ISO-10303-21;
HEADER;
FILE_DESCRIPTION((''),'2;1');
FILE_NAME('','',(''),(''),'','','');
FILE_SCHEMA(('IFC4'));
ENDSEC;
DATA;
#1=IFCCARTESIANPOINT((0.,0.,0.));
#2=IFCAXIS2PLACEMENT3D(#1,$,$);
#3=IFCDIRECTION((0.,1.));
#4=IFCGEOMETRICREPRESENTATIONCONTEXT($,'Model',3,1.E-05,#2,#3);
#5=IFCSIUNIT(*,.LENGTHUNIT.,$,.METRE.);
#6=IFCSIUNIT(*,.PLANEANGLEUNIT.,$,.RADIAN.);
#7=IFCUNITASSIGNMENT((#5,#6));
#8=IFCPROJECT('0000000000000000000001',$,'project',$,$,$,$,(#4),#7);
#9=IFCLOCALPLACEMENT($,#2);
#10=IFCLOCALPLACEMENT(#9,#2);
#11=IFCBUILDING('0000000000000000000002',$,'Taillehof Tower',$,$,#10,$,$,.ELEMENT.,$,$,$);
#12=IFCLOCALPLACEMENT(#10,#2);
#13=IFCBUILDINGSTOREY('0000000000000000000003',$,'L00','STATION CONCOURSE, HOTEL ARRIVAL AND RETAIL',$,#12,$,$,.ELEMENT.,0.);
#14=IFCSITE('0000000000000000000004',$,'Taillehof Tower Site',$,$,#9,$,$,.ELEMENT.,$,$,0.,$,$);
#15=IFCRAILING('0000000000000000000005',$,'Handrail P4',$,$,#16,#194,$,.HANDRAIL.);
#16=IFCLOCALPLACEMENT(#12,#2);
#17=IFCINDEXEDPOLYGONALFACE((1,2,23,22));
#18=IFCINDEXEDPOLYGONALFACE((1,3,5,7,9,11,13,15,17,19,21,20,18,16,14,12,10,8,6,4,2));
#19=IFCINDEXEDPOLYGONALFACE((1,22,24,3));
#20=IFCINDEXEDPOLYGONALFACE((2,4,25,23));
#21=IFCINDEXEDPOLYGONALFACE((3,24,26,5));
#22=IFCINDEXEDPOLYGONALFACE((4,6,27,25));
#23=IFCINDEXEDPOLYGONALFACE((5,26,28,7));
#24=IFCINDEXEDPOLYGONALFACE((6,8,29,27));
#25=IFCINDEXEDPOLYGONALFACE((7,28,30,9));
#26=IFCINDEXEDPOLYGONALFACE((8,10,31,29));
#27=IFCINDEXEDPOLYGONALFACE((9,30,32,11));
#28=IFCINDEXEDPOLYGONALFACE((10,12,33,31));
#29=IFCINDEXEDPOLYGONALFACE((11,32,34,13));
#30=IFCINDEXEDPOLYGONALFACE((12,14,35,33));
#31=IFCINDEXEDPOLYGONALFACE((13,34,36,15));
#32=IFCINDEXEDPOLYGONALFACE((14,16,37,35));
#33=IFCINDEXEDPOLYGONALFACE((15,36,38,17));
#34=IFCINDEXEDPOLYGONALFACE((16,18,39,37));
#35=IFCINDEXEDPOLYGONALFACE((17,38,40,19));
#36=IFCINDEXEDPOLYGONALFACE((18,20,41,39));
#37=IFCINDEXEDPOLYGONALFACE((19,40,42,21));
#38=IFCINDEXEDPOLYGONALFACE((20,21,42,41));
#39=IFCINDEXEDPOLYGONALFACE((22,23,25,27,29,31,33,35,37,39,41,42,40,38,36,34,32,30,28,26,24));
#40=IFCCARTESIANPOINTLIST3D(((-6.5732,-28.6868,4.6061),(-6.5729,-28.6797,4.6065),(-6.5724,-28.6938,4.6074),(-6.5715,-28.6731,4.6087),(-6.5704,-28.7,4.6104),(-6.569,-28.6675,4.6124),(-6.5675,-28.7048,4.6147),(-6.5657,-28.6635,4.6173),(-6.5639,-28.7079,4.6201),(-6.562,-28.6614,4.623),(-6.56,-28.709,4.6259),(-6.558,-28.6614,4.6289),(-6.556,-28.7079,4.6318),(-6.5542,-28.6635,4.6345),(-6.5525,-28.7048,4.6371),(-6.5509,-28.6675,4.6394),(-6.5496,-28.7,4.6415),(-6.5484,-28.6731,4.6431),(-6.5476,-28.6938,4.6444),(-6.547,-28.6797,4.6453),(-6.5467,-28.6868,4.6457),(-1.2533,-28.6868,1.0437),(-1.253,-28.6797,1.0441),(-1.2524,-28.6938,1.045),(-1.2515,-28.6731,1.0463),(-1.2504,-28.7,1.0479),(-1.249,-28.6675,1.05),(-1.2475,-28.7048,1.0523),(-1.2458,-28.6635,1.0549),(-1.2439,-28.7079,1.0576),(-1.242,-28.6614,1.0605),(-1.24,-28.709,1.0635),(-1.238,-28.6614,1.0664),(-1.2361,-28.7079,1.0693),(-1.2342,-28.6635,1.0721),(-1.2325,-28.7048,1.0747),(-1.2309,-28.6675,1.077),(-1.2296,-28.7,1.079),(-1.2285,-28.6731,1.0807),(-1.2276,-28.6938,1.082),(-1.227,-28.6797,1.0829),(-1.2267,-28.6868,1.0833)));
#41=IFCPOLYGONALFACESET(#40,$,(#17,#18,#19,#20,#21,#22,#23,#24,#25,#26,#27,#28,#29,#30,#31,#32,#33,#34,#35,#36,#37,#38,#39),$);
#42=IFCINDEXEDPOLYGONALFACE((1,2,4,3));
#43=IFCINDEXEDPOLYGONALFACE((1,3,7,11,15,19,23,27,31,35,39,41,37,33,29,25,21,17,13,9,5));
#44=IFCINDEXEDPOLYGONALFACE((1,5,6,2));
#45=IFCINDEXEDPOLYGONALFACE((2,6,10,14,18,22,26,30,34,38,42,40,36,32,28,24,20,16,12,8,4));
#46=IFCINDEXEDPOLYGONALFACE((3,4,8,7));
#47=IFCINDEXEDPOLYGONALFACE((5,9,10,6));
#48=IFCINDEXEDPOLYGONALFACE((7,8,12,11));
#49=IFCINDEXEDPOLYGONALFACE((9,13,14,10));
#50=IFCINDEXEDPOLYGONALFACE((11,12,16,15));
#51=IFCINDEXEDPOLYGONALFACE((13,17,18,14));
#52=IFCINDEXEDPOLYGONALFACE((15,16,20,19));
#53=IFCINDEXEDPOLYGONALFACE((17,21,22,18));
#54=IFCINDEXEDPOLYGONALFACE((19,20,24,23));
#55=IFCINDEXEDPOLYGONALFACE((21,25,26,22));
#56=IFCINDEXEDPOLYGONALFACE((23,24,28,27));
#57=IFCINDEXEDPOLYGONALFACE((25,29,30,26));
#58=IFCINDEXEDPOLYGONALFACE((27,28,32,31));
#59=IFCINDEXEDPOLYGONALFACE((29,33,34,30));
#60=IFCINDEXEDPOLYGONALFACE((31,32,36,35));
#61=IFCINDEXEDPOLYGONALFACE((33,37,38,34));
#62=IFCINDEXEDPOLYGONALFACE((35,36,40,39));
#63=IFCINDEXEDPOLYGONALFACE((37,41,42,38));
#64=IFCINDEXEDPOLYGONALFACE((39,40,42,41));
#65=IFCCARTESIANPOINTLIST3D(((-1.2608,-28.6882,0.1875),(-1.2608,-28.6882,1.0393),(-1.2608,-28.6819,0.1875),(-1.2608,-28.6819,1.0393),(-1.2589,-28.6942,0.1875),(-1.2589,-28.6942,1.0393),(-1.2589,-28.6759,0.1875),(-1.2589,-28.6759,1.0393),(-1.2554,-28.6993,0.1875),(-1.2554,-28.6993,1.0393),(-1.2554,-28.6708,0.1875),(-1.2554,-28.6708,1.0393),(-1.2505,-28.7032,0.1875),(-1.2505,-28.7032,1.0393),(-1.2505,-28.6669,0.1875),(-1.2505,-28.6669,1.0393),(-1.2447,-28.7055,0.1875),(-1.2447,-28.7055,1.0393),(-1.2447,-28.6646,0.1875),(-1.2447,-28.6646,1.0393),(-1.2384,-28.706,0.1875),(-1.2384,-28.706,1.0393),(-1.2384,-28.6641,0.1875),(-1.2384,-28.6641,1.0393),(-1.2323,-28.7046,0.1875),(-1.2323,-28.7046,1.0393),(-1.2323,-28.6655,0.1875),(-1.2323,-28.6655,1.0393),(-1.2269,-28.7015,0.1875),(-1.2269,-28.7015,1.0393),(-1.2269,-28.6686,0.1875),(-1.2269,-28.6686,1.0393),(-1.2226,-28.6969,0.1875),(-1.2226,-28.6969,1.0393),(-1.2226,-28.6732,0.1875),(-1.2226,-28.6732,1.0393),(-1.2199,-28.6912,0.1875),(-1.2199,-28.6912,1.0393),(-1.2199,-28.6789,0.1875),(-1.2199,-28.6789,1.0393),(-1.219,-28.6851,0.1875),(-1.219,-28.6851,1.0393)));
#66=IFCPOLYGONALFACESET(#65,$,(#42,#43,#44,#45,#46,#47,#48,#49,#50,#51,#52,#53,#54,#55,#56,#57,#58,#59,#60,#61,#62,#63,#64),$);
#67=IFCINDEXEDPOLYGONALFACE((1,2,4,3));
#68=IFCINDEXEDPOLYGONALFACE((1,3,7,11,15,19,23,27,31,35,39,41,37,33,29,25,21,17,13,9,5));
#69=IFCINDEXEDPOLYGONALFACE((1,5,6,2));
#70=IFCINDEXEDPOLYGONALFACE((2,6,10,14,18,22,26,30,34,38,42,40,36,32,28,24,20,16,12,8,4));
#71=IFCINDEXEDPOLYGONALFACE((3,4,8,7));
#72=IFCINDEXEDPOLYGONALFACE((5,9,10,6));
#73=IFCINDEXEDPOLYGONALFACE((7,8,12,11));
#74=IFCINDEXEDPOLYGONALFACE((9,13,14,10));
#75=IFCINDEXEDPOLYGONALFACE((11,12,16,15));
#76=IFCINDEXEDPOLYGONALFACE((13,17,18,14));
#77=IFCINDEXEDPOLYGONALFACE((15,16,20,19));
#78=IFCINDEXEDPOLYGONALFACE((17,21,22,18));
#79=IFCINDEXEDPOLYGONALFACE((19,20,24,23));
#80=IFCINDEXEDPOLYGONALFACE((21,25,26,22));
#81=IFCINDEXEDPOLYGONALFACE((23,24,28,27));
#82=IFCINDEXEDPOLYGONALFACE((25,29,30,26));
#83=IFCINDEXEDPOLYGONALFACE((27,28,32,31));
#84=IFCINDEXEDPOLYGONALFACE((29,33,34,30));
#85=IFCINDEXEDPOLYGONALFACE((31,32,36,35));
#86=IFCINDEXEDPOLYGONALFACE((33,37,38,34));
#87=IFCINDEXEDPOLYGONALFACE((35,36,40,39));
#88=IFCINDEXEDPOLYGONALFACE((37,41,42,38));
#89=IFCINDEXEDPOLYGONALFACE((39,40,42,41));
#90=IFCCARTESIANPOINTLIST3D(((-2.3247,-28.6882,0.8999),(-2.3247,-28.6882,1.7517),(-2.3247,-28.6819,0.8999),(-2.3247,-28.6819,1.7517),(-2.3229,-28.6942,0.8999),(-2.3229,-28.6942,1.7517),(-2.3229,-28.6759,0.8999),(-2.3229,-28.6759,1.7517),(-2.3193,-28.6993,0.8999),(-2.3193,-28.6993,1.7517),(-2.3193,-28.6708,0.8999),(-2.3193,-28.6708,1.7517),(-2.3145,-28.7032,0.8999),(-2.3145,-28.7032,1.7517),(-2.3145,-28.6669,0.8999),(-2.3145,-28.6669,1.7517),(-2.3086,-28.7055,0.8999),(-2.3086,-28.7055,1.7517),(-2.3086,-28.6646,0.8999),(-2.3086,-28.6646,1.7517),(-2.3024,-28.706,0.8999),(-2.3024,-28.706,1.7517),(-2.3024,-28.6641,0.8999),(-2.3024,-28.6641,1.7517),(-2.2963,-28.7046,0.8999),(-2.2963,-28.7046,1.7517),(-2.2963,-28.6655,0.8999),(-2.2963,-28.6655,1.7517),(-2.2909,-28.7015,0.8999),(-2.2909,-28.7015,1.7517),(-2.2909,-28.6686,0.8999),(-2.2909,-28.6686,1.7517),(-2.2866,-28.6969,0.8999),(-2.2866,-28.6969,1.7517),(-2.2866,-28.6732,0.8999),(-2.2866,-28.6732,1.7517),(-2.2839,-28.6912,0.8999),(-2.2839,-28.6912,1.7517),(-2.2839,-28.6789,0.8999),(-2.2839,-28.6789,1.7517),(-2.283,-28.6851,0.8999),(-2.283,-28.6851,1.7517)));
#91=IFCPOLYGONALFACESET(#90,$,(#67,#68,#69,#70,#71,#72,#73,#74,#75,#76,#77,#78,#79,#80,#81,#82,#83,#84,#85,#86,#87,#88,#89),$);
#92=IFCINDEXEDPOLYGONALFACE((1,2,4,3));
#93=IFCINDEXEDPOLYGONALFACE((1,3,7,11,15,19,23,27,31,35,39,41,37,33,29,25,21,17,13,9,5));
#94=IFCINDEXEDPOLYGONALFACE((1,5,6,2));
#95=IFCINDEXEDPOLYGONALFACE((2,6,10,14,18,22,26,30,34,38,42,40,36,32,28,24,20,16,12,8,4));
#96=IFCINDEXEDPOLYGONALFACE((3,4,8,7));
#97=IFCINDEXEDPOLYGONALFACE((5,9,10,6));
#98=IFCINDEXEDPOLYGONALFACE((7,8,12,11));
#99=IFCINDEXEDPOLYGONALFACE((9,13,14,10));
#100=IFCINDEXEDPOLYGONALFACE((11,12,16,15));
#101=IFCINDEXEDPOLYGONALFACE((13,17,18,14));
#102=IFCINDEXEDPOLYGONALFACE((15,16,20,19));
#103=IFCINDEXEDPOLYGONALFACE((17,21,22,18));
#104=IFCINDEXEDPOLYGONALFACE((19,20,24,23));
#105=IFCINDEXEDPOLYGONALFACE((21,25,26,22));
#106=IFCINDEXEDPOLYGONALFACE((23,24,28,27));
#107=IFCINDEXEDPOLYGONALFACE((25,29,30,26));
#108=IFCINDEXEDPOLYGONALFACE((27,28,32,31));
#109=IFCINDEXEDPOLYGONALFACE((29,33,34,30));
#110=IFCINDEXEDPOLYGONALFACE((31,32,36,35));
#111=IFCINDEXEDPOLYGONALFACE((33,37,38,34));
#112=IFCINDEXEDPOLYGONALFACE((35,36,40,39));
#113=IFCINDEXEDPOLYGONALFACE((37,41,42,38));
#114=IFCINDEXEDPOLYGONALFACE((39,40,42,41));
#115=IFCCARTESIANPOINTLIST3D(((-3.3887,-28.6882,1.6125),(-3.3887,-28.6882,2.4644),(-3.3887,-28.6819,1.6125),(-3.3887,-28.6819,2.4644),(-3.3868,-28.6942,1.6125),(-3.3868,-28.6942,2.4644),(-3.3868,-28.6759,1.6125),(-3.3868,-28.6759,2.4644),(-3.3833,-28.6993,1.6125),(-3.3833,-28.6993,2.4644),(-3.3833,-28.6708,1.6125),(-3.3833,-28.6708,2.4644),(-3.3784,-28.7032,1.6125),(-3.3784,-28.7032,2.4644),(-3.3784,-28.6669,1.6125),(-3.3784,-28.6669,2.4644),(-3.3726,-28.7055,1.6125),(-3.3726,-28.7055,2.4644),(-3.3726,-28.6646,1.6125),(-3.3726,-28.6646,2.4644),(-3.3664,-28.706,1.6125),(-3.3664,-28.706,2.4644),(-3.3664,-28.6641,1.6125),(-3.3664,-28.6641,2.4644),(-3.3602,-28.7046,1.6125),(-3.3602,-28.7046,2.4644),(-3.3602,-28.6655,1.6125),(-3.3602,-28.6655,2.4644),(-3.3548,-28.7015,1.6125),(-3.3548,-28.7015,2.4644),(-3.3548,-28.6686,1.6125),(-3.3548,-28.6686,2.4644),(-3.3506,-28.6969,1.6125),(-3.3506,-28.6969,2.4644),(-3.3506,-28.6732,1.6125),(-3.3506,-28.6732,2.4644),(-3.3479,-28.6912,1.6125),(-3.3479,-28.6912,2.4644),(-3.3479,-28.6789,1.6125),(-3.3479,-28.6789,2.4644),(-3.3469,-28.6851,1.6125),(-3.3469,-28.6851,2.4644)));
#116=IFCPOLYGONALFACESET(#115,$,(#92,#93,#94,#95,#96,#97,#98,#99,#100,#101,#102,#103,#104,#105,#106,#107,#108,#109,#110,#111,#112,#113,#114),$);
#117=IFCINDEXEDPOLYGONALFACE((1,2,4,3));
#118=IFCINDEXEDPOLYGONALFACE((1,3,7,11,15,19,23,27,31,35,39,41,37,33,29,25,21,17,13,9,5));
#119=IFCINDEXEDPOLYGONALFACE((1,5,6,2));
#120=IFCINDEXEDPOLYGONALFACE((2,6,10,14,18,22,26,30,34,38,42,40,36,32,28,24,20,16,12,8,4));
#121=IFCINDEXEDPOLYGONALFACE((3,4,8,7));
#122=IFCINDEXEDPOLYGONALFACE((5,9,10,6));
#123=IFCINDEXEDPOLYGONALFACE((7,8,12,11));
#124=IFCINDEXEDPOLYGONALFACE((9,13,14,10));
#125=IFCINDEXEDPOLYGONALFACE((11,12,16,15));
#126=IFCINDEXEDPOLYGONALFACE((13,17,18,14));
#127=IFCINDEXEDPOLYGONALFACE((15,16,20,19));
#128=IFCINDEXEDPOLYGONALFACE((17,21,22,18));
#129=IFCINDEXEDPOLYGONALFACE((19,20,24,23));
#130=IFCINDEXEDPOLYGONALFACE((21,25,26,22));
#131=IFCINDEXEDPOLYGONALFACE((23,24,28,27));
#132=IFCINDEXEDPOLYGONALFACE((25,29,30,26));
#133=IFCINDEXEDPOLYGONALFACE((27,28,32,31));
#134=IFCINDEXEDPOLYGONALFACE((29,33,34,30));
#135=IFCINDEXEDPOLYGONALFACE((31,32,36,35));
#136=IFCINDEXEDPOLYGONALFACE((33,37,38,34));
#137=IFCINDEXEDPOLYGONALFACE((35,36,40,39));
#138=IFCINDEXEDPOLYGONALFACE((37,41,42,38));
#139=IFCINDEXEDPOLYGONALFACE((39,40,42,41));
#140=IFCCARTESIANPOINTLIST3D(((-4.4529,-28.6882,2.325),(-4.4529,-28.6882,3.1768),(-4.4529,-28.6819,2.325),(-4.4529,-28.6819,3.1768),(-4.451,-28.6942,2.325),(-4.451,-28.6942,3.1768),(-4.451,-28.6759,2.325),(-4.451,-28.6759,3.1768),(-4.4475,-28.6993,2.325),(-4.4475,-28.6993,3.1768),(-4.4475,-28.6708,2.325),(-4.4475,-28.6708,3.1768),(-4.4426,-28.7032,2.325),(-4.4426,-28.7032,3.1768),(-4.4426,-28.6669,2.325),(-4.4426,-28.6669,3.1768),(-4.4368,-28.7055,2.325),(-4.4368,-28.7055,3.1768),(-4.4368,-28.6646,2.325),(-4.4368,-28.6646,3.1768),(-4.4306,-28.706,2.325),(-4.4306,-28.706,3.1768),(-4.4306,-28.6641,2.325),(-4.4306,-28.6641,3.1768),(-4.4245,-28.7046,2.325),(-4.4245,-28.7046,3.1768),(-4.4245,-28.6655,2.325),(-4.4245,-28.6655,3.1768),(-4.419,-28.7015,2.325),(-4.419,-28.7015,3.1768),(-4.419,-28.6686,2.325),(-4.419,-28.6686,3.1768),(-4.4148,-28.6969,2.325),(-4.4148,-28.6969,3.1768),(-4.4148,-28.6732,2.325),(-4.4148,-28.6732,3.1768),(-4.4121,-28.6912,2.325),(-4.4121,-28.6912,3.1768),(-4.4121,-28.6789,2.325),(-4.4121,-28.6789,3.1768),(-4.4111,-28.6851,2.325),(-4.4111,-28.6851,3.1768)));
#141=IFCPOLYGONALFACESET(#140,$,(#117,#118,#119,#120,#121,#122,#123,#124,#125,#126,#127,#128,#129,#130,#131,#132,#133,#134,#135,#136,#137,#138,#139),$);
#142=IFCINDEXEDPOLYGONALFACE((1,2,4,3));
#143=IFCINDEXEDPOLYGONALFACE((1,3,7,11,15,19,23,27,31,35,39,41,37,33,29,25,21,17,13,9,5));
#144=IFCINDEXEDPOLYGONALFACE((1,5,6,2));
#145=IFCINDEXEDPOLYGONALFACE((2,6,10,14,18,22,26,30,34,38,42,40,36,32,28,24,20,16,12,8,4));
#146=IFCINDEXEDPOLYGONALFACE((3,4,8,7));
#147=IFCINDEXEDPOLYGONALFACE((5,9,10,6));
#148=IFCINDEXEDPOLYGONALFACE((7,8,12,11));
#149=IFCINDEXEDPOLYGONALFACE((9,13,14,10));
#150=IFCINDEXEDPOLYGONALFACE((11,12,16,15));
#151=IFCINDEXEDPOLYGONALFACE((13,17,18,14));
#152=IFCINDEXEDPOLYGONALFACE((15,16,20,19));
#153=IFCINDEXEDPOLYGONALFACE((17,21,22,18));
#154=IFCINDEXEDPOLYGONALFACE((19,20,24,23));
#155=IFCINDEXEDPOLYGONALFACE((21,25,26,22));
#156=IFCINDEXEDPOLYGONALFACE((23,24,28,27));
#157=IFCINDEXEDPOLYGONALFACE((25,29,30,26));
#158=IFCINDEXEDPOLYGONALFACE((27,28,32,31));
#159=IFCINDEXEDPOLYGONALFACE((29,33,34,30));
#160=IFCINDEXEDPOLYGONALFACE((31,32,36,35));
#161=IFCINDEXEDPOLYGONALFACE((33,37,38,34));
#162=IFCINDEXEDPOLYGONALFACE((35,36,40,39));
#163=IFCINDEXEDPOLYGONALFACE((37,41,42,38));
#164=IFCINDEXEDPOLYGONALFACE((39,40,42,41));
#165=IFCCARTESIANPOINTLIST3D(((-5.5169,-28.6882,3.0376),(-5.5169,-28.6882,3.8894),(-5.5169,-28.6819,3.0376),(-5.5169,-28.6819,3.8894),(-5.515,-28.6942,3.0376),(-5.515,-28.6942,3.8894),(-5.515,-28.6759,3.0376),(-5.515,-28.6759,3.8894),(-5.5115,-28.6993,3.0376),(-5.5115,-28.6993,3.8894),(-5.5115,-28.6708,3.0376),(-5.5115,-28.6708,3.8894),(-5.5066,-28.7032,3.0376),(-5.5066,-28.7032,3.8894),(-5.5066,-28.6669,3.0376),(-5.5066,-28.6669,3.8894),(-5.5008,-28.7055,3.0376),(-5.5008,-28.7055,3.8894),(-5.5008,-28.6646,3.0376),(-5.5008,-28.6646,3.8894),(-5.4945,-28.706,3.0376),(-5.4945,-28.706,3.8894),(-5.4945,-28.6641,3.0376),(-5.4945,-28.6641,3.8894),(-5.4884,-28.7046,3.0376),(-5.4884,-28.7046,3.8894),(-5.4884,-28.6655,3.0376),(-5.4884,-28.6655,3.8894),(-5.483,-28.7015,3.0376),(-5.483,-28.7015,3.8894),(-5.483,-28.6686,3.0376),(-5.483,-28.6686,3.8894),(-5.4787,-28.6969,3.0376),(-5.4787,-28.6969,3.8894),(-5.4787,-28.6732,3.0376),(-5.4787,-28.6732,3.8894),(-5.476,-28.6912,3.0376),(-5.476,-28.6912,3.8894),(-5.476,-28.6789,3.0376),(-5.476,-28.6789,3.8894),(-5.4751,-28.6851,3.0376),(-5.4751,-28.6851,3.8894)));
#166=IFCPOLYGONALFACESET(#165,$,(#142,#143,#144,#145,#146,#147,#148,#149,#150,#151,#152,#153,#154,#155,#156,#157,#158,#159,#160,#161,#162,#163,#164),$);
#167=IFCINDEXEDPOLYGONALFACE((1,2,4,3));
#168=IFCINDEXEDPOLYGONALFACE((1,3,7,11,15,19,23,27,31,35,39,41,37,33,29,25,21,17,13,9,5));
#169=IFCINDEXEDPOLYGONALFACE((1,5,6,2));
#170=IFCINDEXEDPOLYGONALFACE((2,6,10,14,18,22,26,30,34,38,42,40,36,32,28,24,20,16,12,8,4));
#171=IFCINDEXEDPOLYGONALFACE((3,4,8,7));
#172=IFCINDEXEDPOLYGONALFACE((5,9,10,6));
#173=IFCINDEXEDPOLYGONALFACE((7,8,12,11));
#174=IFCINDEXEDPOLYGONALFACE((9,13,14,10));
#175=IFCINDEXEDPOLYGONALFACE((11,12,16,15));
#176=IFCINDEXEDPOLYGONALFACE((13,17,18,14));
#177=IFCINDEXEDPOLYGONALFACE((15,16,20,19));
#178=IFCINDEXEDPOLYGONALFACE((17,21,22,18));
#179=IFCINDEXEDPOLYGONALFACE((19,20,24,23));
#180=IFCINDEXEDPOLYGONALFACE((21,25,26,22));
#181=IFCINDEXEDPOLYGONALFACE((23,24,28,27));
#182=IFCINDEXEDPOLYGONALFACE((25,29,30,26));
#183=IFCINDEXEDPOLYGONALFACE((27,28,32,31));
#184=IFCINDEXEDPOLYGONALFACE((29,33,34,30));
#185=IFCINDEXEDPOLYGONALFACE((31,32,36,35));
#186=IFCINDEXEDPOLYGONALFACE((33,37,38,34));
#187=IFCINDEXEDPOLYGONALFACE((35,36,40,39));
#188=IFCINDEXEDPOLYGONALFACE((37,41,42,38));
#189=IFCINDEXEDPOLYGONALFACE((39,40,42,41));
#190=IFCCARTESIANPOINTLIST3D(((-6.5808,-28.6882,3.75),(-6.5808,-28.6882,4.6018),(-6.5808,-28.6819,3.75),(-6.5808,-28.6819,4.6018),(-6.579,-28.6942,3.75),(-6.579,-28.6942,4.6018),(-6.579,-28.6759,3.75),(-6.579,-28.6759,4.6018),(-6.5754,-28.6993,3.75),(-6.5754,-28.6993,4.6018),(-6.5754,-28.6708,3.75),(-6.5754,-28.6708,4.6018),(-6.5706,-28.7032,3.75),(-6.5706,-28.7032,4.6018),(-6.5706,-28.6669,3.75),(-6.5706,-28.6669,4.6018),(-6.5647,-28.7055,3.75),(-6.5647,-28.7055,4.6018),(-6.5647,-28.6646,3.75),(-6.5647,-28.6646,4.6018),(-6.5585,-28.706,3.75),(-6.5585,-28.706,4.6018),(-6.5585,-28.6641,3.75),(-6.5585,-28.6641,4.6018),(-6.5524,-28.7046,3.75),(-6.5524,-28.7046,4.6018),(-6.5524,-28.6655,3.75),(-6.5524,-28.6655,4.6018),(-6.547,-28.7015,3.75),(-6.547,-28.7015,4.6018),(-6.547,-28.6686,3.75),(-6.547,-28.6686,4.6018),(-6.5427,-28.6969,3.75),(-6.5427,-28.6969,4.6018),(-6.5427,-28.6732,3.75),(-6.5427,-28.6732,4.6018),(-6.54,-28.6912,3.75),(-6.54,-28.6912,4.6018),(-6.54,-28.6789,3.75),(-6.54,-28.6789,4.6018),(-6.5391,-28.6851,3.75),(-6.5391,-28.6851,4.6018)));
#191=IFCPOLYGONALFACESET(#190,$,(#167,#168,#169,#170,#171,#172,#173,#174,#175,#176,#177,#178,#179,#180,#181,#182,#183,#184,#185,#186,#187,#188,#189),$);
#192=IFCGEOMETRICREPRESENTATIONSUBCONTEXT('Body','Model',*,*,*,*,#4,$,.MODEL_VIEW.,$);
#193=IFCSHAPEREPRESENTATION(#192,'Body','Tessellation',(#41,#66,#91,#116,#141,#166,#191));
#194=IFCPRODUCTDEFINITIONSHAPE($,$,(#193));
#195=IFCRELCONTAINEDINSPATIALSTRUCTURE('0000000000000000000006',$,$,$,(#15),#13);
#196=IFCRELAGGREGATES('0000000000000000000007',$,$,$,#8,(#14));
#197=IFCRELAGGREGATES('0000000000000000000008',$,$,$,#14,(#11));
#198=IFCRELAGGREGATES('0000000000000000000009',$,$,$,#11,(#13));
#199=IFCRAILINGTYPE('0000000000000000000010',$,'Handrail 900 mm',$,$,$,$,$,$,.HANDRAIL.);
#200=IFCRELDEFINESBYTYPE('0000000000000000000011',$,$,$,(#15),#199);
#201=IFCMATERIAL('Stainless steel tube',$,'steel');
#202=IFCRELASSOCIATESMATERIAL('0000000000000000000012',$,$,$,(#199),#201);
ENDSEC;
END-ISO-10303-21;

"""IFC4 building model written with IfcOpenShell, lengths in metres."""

from ifc_helpers import new_model, si_unit, direction, frame, origin, origin_2d, place, context, subcontext, project, spatial, circle, extrude, material, type_object, element, save


model = new_model("IFC4")

# Units and contexts
model_context = context("Model", 3, precision=1e-05, world=origin(), true_north=direction((0.0, 1.0)))
body_context = subcontext(model_context, "Body", "Model", "MODEL_VIEW")
ifc_project = project(units=[si_unit("LENGTHUNIT", "METRE"), si_unit("PLANEANGLEUNIT", "RADIAN")], contexts=[model_context])

# Site, building, storey
site_placement = place(None, origin())
site = spatial("IfcSite", under=ifc_project, at=site_placement, Name="Taillehof Tower Site", CompositionType="ELEMENT", RefElevation=0.0)
building_placement = place(site_placement, origin())
building = spatial("IfcBuilding", under=site, at=building_placement, Name="Taillehof Tower", CompositionType="ELEMENT")
storey_placement = place(building_placement, origin())
storey = spatial("IfcBuildingStorey", under=building, at=storey_placement, Name="L00", Description="STATION CONCOURSE, HOTEL ARRIVAL AND RETAIL", CompositionType="ELEMENT", Elevation=0.0)

# Railing
ifc_material_1 = material(Name="Stainless steel tube", Category="steel")
railing_type = type_object("IfcRailingType", Name="Handrail 900 mm", PredefinedType="HANDRAIL", material=ifc_material_1)
for number, where, name in (
    (1, (-1.24, -28.6851, 0.1875), "Handrail P4"),
):
    element("IfcRailing", number, at=place(storey_placement, frame(where)), inside=storey, type_object=railing_type, Name=name, PredefinedType="HANDRAIL", context=body_context, shape_type="SweptSolid", body=[
        extrude(circle(Radius=0.0239, at=origin_2d()), frame((0.0, 0.0, 0.876), z_axis=(-0.83091, 0.0, 0.556406), x_axis=(0.0, -1.0, 0.0)), (0.0, 0.0, 1.0), 6.4026),
        extrude(circle(Radius=0.021, at=origin_2d()), origin(), (0.0, 0.0, 1.0), 0.8518),
        extrude(circle(Radius=0.021, at=origin_2d()), frame((-1.064, 0.0, 0.7124)), (0.0, 0.0, 1.0), 0.8518),
        extrude(circle(Radius=0.021, at=origin_2d()), frame((-2.1279, 0.0, 1.425)), (0.0, 0.0, 1.0), 0.8518),
        extrude(circle(Radius=0.021, at=origin_2d()), frame((-3.1921, 0.0, 2.1375)), (0.0, 0.0, 1.0), 0.8518),
        extrude(circle(Radius=0.021, at=origin_2d()), frame((-4.2561, 0.0, 2.8501)), (0.0, 0.0, 1.0), 0.8518),
        extrude(circle(Radius=0.021, at=origin_2d()), frame((-5.3201, 0.0, 3.5625)), (0.0, 0.0, 1.0), 0.8518),
    ])

save(model, "model.ifc")
